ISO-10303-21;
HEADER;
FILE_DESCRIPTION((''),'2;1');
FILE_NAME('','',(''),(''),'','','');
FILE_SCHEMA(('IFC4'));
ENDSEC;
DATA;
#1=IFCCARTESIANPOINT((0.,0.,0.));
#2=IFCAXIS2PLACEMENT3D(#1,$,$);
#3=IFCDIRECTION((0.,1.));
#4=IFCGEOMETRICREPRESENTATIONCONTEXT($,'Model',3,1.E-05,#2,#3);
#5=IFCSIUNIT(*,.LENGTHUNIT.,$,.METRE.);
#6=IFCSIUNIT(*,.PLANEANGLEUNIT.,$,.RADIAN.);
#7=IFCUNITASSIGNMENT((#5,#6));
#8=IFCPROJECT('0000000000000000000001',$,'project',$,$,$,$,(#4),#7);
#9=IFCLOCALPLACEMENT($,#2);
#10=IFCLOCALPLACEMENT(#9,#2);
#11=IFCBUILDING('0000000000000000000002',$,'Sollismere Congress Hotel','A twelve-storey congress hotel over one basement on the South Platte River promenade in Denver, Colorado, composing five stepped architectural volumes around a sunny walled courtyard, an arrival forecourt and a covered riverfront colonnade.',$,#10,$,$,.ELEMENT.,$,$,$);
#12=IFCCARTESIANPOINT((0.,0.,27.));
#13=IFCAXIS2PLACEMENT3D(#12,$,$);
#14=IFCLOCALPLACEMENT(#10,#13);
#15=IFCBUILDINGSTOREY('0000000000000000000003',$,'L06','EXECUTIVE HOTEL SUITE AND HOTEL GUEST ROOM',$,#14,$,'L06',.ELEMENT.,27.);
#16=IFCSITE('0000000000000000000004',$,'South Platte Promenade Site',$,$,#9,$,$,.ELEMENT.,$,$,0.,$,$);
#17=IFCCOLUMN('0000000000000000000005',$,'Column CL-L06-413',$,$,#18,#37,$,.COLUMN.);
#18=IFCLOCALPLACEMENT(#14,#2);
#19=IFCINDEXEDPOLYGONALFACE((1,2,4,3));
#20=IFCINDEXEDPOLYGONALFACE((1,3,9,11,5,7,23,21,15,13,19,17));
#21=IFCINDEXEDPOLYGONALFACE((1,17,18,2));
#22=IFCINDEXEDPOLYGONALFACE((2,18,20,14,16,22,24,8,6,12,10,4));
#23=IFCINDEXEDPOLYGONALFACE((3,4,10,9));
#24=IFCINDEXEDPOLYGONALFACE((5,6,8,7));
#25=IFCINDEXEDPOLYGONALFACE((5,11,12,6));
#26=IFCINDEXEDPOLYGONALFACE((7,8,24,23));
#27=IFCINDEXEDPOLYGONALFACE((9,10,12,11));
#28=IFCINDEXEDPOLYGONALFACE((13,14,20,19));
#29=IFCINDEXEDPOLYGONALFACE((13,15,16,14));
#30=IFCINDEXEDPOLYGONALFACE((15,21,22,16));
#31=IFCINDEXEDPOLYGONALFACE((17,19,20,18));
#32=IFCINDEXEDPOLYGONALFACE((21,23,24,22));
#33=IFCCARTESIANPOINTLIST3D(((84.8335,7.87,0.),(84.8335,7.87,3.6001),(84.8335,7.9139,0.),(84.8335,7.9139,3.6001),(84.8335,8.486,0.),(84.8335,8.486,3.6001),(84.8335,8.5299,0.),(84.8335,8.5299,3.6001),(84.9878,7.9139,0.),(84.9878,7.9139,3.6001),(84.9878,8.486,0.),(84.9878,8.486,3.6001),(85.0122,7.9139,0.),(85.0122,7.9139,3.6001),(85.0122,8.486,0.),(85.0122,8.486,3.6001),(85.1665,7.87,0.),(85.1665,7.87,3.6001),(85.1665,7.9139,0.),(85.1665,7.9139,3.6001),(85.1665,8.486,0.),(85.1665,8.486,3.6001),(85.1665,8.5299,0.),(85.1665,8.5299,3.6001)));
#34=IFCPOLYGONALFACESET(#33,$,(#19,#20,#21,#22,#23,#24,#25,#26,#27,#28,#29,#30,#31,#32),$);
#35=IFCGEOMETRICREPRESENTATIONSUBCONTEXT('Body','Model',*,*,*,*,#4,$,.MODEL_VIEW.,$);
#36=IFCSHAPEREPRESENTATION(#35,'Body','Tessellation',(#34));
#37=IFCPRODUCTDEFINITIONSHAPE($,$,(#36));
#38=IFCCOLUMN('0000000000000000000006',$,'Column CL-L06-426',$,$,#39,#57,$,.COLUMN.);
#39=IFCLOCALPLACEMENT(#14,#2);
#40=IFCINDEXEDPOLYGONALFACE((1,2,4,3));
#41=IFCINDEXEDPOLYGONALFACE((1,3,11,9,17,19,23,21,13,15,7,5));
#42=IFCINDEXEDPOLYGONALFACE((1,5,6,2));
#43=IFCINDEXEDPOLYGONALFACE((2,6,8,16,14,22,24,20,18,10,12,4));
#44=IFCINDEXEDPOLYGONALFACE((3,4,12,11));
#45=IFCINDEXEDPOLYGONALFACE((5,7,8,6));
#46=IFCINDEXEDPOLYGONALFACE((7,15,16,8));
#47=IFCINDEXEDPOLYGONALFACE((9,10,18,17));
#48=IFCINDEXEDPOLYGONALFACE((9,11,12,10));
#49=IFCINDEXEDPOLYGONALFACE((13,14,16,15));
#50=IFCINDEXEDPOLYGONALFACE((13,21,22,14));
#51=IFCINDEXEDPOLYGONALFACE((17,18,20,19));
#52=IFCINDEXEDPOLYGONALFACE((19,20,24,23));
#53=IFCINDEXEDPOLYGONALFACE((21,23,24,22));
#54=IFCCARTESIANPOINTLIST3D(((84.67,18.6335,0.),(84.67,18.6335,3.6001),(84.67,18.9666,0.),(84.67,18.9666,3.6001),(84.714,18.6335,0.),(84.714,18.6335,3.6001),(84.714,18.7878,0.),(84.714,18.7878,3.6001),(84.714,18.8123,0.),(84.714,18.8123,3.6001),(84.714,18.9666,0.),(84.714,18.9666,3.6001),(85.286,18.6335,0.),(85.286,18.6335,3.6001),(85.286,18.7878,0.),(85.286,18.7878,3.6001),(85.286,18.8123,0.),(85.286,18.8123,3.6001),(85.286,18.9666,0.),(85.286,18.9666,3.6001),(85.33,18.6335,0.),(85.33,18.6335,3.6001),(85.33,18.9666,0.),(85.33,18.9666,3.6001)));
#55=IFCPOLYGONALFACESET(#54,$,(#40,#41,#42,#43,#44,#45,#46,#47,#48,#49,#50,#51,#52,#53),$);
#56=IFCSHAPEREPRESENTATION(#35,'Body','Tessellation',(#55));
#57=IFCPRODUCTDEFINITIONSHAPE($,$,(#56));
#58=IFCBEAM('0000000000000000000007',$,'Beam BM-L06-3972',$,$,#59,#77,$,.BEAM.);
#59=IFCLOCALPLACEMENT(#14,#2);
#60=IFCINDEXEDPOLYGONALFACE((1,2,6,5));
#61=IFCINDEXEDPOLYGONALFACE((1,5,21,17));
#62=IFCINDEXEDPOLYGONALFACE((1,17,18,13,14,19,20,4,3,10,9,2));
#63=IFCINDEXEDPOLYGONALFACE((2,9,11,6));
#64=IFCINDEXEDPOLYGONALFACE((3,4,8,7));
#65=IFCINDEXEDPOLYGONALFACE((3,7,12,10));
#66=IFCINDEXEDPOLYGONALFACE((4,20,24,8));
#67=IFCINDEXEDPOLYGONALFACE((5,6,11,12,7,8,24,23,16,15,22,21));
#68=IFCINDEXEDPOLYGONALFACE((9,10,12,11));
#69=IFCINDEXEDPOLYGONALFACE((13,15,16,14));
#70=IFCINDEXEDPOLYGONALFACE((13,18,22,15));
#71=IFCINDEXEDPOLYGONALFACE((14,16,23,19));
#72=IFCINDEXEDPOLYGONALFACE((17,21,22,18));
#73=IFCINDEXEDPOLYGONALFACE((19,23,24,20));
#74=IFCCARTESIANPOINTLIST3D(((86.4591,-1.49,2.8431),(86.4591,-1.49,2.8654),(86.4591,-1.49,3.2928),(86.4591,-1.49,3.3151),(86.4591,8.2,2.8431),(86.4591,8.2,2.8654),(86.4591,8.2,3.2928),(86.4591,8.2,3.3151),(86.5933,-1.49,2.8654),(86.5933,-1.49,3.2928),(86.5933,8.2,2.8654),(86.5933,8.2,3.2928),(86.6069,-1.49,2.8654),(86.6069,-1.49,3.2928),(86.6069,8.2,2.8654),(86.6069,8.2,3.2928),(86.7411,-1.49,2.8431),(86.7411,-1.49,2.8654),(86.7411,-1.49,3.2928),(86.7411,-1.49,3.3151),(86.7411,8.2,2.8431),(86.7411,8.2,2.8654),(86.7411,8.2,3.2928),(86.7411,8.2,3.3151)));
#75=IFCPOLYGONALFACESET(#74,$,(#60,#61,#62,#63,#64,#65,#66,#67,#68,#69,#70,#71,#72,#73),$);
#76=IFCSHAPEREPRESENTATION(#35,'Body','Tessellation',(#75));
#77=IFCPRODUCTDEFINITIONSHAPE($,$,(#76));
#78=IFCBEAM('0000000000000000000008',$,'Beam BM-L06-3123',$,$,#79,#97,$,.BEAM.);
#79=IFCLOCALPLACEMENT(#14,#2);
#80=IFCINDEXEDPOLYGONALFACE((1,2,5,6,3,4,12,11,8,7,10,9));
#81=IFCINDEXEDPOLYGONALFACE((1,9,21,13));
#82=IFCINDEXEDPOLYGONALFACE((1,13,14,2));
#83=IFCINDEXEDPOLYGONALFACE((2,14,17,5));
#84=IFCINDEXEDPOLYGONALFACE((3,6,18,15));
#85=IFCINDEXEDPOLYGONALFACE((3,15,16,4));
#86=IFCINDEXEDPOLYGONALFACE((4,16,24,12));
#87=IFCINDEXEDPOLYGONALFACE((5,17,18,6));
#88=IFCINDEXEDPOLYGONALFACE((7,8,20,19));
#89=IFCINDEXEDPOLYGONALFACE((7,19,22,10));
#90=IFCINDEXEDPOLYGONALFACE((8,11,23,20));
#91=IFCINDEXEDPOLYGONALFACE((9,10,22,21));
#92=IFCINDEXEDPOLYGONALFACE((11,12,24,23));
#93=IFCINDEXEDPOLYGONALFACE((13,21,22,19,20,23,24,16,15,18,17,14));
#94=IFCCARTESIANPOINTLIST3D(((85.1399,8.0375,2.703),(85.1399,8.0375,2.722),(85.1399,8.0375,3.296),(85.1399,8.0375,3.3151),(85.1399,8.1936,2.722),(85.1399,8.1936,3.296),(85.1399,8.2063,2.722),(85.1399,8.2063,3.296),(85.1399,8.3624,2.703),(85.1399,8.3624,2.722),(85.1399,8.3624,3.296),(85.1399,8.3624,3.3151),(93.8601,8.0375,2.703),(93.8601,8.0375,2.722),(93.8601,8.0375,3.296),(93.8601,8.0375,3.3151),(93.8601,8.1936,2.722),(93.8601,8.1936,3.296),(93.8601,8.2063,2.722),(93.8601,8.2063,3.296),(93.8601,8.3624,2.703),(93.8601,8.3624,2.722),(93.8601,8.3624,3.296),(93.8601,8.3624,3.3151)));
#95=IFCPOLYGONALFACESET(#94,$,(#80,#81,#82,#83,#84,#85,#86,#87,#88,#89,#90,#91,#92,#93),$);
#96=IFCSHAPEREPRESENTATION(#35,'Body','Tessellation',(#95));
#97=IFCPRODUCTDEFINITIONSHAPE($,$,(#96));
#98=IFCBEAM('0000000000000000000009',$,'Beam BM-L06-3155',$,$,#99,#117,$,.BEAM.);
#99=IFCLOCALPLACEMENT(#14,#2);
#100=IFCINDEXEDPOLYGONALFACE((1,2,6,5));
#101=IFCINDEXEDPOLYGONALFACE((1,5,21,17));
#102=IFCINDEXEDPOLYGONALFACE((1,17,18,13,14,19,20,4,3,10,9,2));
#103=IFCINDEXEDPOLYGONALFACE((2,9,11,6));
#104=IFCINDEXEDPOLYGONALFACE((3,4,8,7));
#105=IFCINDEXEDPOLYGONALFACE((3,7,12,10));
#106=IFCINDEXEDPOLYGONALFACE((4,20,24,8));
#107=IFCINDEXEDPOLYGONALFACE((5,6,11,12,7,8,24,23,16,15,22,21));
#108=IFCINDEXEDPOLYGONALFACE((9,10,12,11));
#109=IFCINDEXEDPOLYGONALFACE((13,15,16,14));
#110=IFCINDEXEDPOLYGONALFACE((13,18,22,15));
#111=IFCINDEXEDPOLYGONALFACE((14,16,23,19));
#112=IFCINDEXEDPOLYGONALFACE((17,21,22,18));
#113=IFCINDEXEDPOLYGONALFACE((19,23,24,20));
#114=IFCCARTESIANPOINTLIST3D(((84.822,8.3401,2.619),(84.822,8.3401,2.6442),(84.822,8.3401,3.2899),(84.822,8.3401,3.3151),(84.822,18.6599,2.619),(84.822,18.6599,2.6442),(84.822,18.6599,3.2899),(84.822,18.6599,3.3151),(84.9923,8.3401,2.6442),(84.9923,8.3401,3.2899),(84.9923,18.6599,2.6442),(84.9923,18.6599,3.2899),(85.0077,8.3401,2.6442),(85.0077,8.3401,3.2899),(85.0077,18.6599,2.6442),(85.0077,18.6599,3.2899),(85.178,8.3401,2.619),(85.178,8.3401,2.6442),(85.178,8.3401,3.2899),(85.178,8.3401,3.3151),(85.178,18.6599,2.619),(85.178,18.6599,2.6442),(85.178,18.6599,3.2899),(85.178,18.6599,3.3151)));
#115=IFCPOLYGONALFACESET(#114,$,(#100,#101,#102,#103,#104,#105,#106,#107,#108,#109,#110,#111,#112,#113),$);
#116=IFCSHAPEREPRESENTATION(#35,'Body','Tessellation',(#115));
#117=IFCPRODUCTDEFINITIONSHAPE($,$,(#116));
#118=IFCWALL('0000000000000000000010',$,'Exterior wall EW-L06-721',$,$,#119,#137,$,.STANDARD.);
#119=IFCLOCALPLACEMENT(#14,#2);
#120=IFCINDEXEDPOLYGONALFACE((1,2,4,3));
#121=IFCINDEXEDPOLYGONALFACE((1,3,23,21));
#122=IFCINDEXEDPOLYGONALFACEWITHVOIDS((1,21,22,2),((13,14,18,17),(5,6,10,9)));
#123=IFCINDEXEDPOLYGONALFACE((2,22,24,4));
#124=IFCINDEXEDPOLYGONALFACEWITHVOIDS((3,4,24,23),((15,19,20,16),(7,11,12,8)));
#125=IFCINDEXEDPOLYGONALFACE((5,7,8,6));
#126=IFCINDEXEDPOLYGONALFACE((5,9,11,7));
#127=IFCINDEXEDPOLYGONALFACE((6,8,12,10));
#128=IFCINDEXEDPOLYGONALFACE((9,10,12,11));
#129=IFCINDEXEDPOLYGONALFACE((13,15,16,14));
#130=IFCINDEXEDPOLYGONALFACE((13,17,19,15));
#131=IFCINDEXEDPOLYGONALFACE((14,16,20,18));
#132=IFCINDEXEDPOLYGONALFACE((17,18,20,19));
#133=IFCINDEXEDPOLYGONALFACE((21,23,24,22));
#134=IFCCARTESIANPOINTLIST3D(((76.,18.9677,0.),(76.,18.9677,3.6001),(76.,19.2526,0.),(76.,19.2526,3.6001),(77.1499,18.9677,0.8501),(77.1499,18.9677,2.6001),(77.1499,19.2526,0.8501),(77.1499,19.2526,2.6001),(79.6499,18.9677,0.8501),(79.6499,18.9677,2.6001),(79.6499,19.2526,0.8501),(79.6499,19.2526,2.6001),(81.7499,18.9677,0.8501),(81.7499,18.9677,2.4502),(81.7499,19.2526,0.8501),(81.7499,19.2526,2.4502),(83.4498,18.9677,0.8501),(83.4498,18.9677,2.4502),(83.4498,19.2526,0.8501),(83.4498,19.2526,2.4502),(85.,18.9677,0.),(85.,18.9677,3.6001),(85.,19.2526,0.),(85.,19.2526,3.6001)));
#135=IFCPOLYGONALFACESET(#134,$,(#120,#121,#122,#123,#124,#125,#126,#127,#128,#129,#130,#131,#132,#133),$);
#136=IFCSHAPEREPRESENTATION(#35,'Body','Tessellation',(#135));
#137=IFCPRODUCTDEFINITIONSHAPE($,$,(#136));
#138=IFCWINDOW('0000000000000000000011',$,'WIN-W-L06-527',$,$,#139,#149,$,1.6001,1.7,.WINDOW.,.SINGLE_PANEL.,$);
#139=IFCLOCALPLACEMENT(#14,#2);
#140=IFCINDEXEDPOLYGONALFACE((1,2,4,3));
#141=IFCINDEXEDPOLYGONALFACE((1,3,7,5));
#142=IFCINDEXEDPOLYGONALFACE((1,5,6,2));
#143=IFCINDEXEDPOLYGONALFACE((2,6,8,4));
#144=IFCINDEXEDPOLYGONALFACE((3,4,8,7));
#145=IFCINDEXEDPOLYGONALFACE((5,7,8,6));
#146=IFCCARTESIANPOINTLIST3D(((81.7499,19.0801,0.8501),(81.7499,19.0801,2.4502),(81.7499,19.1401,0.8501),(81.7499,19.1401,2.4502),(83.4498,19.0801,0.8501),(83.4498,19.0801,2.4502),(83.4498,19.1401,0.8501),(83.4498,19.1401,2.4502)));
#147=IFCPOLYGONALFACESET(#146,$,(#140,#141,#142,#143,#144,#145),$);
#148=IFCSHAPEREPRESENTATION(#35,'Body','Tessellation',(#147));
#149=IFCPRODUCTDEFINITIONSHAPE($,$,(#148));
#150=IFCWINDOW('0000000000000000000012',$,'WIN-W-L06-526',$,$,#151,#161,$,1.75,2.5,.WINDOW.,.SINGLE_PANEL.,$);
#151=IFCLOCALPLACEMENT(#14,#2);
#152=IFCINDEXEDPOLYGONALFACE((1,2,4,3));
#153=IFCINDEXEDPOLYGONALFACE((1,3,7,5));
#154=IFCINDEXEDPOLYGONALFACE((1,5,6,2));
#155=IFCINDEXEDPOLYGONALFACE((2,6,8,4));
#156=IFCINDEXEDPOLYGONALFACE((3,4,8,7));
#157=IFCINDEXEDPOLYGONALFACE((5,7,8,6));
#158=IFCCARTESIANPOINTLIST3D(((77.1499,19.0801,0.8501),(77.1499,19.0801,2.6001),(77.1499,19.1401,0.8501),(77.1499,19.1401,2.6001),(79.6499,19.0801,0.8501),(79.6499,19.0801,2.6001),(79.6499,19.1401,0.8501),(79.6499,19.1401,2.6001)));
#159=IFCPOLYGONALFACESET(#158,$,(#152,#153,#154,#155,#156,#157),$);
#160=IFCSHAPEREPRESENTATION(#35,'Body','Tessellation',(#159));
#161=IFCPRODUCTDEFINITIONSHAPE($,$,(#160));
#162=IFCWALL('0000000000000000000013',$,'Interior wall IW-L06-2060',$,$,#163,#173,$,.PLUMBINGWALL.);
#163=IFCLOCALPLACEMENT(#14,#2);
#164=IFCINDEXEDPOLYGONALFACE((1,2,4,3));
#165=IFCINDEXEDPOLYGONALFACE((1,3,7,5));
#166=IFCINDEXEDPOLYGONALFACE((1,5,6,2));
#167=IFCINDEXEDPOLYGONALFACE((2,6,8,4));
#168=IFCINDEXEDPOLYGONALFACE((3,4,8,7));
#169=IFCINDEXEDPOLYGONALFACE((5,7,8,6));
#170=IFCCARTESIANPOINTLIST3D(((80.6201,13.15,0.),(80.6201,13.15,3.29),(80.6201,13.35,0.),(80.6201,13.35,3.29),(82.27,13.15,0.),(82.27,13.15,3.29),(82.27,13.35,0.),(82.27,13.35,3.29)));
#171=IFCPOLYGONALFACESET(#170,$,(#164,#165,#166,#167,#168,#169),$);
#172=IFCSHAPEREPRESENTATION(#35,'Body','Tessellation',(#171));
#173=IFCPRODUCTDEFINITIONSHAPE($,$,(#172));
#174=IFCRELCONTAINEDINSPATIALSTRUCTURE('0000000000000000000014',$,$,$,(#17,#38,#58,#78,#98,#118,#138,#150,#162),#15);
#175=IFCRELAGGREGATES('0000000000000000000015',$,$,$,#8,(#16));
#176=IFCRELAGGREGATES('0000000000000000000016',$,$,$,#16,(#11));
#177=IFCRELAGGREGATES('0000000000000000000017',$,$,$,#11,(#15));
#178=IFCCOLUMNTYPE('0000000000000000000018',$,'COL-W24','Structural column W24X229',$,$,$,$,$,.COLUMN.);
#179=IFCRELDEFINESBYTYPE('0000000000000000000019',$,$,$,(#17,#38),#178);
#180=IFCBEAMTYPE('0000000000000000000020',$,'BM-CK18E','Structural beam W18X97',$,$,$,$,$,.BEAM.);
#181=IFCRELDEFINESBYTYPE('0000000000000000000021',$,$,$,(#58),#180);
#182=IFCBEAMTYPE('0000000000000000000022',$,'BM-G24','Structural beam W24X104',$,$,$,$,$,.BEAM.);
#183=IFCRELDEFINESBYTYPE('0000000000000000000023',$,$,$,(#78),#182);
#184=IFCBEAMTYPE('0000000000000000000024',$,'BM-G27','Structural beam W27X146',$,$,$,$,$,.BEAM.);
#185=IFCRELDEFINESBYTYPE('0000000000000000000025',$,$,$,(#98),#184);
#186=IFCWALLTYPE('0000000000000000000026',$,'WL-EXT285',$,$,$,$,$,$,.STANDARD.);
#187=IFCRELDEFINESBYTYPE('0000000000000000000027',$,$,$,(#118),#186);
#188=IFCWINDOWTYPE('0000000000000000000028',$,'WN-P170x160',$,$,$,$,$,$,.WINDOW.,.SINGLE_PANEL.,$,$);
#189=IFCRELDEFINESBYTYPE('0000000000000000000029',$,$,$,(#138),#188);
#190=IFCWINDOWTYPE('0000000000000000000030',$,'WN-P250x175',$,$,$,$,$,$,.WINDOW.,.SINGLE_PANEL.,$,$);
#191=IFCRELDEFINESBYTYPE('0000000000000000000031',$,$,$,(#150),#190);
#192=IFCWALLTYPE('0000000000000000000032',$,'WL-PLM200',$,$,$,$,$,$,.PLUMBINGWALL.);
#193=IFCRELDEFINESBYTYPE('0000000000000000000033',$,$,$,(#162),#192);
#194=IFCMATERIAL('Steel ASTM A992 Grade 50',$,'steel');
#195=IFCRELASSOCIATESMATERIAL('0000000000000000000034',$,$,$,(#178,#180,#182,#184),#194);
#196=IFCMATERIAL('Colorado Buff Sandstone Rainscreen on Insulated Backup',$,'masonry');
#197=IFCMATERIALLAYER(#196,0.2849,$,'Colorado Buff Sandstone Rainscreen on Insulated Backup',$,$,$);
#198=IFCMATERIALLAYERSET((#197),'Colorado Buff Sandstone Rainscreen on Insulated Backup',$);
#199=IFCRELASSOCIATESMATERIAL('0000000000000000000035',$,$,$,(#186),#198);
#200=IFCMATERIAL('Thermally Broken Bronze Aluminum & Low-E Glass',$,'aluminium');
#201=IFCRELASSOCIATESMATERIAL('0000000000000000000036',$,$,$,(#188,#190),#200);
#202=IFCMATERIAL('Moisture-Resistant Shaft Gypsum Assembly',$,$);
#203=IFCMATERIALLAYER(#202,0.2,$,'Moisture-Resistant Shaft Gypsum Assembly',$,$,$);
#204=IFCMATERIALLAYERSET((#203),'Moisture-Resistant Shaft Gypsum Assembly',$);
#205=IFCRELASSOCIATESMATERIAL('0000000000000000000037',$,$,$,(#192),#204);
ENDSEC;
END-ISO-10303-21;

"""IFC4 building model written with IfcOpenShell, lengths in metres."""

from ifc_helpers import new_model, si_unit, direction, frame, frame_2d, origin, origin_2d, place, context, subcontext, project, spatial, rectangle, i_section, extrude, material, layer, layer_set, material_profile, profile_set, type_object, element, fill, save


model = new_model("IFC4")

# Units and contexts
model_context = context("Model", 3, precision=1e-05, world=origin(), true_north=direction((0.0, 1.0)))
body_context = subcontext(model_context, "Body", "Model", "MODEL_VIEW")
ifc_project = project(units=[si_unit("LENGTHUNIT", "METRE"), si_unit("PLANEANGLEUNIT", "RADIAN")], contexts=[model_context])

# Site, building, storey
site_placement = place(None, origin())
site = spatial("IfcSite", under=ifc_project, at=site_placement, Name="South Platte Promenade Site", CompositionType="ELEMENT", RefElevation=0.0)
building_placement = place(site_placement, origin())
building = spatial("IfcBuilding", under=site, at=building_placement, Name="Sollismere Congress Hotel", Description="A twelve-storey congress hotel over one basement on the South Platte River promenade in Denver, Colorado, composing five stepped architectural volumes around a sunny walled courtyard, an arrival forecourt and a covered riverfront colonnade.", CompositionType="ELEMENT")
storey_placement = place(building_placement, frame((0.0, 0.0, 27.0)))
storey = spatial("IfcBuildingStorey", under=building, at=storey_placement, Name="L06", Description="EXECUTIVE HOTEL SUITE AND HOTEL GUEST ROOM", LongName="L06", CompositionType="ELEMENT", Elevation=27.0)

# Columns
ifc_material_1 = material(Name="Steel ASTM A992 Grade 50", Category="steel")
ifc_material_profile_1 = material_profile(ifc_material_1, i_section(OverallWidth=0.333, OverallDepth=0.6599, WebThickness=0.0244, FlangeThickness=0.0439, at=origin_2d()), Name="W24X229")
ifc_profile_set_1 = profile_set([ifc_material_profile_1], Name="Steel ASTM A992 Grade 50")
column_type = type_object("IfcColumnType", Name="COL-W24", Description="Structural column W24X229", PredefinedType="COLUMN", material=ifc_profile_set_1)
for number, where, z_axis, x_axis, name in (
    (1, (85.0, 8.2, 0.0), (0.0, 0.0, 1.0), (1.0, 0.0, 0.0), "Column CL-L06-413"),
    (2, (85.0, 18.8, 0.0), (0.0, 0.0, 1.0), (0.0, 1.0, 0.0), "Column CL-L06-426"),
):
    element("IfcColumn", number, at=place(storey_placement, frame(where, z_axis=z_axis, x_axis=x_axis)), inside=storey, type_object=column_type, Name=name, PredefinedType="COLUMN", context=body_context, shape_type="SweptSolid", body=[
        extrude(i_section(OverallWidth=0.333, OverallDepth=0.6599, WebThickness=0.0244, FlangeThickness=0.0439, at=origin_2d()), origin(), (0.0, 0.0, 1.0), 3.6001),
    ])

# Beams
ifc_material_profile_2 = material_profile(ifc_material_1, i_section(OverallWidth=0.282, OverallDepth=0.4719, WebThickness=0.0137, FlangeThickness=0.0222, at=origin_2d()), Name="W18X97")
ifc_profile_set_2 = profile_set([ifc_material_profile_2], Name="Steel ASTM A992 Grade 50")
beam_type_1 = type_object("IfcBeamType", Name="BM-CK18E", Description="Structural beam W18X97", PredefinedType="BEAM", material=ifc_profile_set_2)
beam_1_placement = place(storey_placement, frame((86.6001, 8.2, 3.0791), z_axis=(0.0, -1.0, 0.0), x_axis=(1.0, 0.0, 0.0)))
element("IfcBeam", 3, at=beam_1_placement, inside=storey, type_object=beam_type_1, Name="Beam BM-L06-3972", PredefinedType="BEAM", context=body_context, shape_type="SweptSolid", body=[
    extrude(i_section(OverallWidth=0.282, OverallDepth=0.4719, WebThickness=0.0137, FlangeThickness=0.0222, at=origin_2d()), origin(), (0.0, 0.0, 1.0), 9.6899),
])
ifc_material_profile_3 = material_profile(ifc_material_1, i_section(OverallWidth=0.325, OverallDepth=0.6121, WebThickness=0.0127, FlangeThickness=0.019, at=origin_2d()), Name="W24X104")
ifc_profile_set_3 = profile_set([ifc_material_profile_3], Name="Steel ASTM A992 Grade 50")
beam_type_2 = type_object("IfcBeamType", Name="BM-G24", Description="Structural beam W24X104", PredefinedType="BEAM", material=ifc_profile_set_3)
beam_2_placement = place(storey_placement, frame((85.1399, 8.2, 3.009), z_axis=(1.0, 0.0, 0.0), x_axis=(0.0, 1.0, 0.0)))
element("IfcBeam", 4, at=beam_2_placement, inside=storey, type_object=beam_type_2, Name="Beam BM-L06-3123", PredefinedType="BEAM", context=body_context, shape_type="SweptSolid", body=[
    extrude(i_section(OverallWidth=0.325, OverallDepth=0.6121, WebThickness=0.0127, FlangeThickness=0.019, at=origin_2d()), origin(), (0.0, 0.0, 1.0), 8.7202),
])
ifc_material_profile_4 = material_profile(ifc_material_1, i_section(OverallWidth=0.356, OverallDepth=0.696, WebThickness=0.0154, FlangeThickness=0.0251, at=origin_2d()), Name="W27X146")
ifc_profile_set_4 = profile_set([ifc_material_profile_4], Name="Steel ASTM A992 Grade 50")
beam_type_3 = type_object("IfcBeamType", Name="BM-G27", Description="Structural beam W27X146", PredefinedType="BEAM", material=ifc_profile_set_4)
beam_3_placement = place(storey_placement, frame((85.0, 8.3401, 2.967), z_axis=(0.0, 1.0, 0.0), x_axis=(-1.0, 0.0, 0.0)))
element("IfcBeam", 5, at=beam_3_placement, inside=storey, type_object=beam_type_3, Name="Beam BM-L06-3155", PredefinedType="BEAM", context=body_context, shape_type="SweptSolid", body=[
    extrude(i_section(OverallWidth=0.356, OverallDepth=0.696, WebThickness=0.0154, FlangeThickness=0.0251, at=origin_2d()), origin(), (0.0, 0.0, 1.0), 10.3198),
])

# Wall, openings, windows
ifc_material_2 = material(Name="Colorado Buff Sandstone Rainscreen on Insulated Backup", Category="masonry")
ifc_layer_1 = layer(ifc_material_2, 0.2849, Name="Colorado Buff Sandstone Rainscreen on Insulated Backup")
ifc_layer_set_1 = layer_set([ifc_layer_1], Name="Colorado Buff Sandstone Rainscreen on Insulated Backup")
wall_type_1 = type_object("IfcWallType", Name="WL-EXT285", PredefinedType="STANDARD", material=ifc_layer_set_1)
wall_1_placement = place(storey_placement, frame((85.0, 19.1101, 0.0), z_axis=(0.0, 0.0, 1.0), x_axis=(-1.0, 0.0, 0.0)))
wall_1 = element("IfcWall", 6, at=wall_1_placement, inside=storey, type_object=wall_type_1, Name="Exterior wall EW-L06-721", PredefinedType="STANDARD", context=body_context, shape_type="SweptSolid", body=[
    extrude(rectangle(XDim=9.0, YDim=0.2849, at=frame_2d((4.5, 0.0))), origin(), (0.0, 0.0, 1.0), 3.6001),
])
opening_1_placement = place(wall_1_placement, frame((5.3501, 0.0, 0.8501)))
opening_1 = element("IfcOpeningElement", 7, at=opening_1_placement, cuts=wall_1, PredefinedType="OPENING", context=body_context, shape_type="SweptSolid", body=[
    extrude(rectangle(XDim=2.5, YDim=1.75, at=frame_2d((1.25, 0.875))), frame((0.0, 0.1523, 0.0), z_axis=(0.0, -1.0, 0.0), x_axis=(1.0, 0.0, 0.0)), (0.0, 0.0, 1.0), 0.3049),
])
opening_2_placement = place(wall_1_placement, frame((1.55, 0.0, 0.8501)))
opening_2 = element("IfcOpeningElement", 8, at=opening_2_placement, cuts=wall_1, PredefinedType="OPENING", context=body_context, shape_type="SweptSolid", body=[
    extrude(rectangle(XDim=1.7, YDim=1.6001, at=frame_2d((0.8501, 0.8))), frame((0.0, 0.1523, 0.0), z_axis=(0.0, -1.0, 0.0), x_axis=(1.0, 0.0, 0.0)), (0.0, 0.0, 1.0), 0.3049),
])
ifc_material_3 = material(Name="Thermally Broken Bronze Aluminum & Low-E Glass", Category="aluminium")
window_type_1 = type_object("IfcWindowType", Name="WN-P170x160", PartitioningType="SINGLE_PANEL", PredefinedType="WINDOW", material=ifc_material_3)
window_1_placement = place(opening_2_placement, origin())
window_1 = element("IfcWindow", 9, at=window_1_placement, inside=storey, type_object=window_type_1, Name="WIN-W-L06-527", OverallHeight=1.6001, OverallWidth=1.7, PartitioningType="SINGLE_PANEL", PredefinedType="WINDOW", context=body_context, shape_type="SweptSolid", body=[
    extrude(rectangle(XDim=1.7, YDim=1.6001, at=frame_2d((0.8501, 0.8))), frame((0.0, 0.03, 0.0), z_axis=(0.0, -1.0, 0.0), x_axis=(1.0, 0.0, 0.0)), (0.0, 0.0, 1.0), 0.0601),
])
fill(opening_2, window_1)
window_type_2 = type_object("IfcWindowType", Name="WN-P250x175", PartitioningType="SINGLE_PANEL", PredefinedType="WINDOW", material=ifc_material_3)
window_2_placement = place(opening_1_placement, origin())
window_2 = element("IfcWindow", 10, at=window_2_placement, inside=storey, type_object=window_type_2, Name="WIN-W-L06-526", OverallHeight=1.75, OverallWidth=2.5, PartitioningType="SINGLE_PANEL", PredefinedType="WINDOW", context=body_context, shape_type="SweptSolid", body=[
    extrude(rectangle(XDim=2.5, YDim=1.75, at=frame_2d((1.25, 0.875))), frame((0.0, 0.03, 0.0), z_axis=(0.0, -1.0, 0.0), x_axis=(1.0, 0.0, 0.0)), (0.0, 0.0, 1.0), 0.0601),
])
fill(opening_1, window_2)

# Wall
ifc_material_4 = material(Name="Moisture-Resistant Shaft Gypsum Assembly")
ifc_layer_2 = layer(ifc_material_4, 0.2, Name="Moisture-Resistant Shaft Gypsum Assembly")
ifc_layer_set_2 = layer_set([ifc_layer_2], Name="Moisture-Resistant Shaft Gypsum Assembly")
wall_type_2 = type_object("IfcWallType", Name="WL-PLM200", PredefinedType="PLUMBINGWALL", material=ifc_layer_set_2)
wall_2_placement = place(storey_placement, frame((80.6201, 13.25, 0.0), z_axis=(0.0, 0.0, 1.0), x_axis=(1.0, 0.0, 0.0)))
element("IfcWall", 11, at=wall_2_placement, inside=storey, type_object=wall_type_2, Name="Interior wall IW-L06-2060", PredefinedType="PLUMBINGWALL", context=body_context, shape_type="SweptSolid", body=[
    extrude(rectangle(XDim=1.6499, YDim=0.2, at=frame_2d((0.825, 0.0))), origin(), (0.0, 0.0, 1.0), 3.29),
])

save(model, "model.ifc")
